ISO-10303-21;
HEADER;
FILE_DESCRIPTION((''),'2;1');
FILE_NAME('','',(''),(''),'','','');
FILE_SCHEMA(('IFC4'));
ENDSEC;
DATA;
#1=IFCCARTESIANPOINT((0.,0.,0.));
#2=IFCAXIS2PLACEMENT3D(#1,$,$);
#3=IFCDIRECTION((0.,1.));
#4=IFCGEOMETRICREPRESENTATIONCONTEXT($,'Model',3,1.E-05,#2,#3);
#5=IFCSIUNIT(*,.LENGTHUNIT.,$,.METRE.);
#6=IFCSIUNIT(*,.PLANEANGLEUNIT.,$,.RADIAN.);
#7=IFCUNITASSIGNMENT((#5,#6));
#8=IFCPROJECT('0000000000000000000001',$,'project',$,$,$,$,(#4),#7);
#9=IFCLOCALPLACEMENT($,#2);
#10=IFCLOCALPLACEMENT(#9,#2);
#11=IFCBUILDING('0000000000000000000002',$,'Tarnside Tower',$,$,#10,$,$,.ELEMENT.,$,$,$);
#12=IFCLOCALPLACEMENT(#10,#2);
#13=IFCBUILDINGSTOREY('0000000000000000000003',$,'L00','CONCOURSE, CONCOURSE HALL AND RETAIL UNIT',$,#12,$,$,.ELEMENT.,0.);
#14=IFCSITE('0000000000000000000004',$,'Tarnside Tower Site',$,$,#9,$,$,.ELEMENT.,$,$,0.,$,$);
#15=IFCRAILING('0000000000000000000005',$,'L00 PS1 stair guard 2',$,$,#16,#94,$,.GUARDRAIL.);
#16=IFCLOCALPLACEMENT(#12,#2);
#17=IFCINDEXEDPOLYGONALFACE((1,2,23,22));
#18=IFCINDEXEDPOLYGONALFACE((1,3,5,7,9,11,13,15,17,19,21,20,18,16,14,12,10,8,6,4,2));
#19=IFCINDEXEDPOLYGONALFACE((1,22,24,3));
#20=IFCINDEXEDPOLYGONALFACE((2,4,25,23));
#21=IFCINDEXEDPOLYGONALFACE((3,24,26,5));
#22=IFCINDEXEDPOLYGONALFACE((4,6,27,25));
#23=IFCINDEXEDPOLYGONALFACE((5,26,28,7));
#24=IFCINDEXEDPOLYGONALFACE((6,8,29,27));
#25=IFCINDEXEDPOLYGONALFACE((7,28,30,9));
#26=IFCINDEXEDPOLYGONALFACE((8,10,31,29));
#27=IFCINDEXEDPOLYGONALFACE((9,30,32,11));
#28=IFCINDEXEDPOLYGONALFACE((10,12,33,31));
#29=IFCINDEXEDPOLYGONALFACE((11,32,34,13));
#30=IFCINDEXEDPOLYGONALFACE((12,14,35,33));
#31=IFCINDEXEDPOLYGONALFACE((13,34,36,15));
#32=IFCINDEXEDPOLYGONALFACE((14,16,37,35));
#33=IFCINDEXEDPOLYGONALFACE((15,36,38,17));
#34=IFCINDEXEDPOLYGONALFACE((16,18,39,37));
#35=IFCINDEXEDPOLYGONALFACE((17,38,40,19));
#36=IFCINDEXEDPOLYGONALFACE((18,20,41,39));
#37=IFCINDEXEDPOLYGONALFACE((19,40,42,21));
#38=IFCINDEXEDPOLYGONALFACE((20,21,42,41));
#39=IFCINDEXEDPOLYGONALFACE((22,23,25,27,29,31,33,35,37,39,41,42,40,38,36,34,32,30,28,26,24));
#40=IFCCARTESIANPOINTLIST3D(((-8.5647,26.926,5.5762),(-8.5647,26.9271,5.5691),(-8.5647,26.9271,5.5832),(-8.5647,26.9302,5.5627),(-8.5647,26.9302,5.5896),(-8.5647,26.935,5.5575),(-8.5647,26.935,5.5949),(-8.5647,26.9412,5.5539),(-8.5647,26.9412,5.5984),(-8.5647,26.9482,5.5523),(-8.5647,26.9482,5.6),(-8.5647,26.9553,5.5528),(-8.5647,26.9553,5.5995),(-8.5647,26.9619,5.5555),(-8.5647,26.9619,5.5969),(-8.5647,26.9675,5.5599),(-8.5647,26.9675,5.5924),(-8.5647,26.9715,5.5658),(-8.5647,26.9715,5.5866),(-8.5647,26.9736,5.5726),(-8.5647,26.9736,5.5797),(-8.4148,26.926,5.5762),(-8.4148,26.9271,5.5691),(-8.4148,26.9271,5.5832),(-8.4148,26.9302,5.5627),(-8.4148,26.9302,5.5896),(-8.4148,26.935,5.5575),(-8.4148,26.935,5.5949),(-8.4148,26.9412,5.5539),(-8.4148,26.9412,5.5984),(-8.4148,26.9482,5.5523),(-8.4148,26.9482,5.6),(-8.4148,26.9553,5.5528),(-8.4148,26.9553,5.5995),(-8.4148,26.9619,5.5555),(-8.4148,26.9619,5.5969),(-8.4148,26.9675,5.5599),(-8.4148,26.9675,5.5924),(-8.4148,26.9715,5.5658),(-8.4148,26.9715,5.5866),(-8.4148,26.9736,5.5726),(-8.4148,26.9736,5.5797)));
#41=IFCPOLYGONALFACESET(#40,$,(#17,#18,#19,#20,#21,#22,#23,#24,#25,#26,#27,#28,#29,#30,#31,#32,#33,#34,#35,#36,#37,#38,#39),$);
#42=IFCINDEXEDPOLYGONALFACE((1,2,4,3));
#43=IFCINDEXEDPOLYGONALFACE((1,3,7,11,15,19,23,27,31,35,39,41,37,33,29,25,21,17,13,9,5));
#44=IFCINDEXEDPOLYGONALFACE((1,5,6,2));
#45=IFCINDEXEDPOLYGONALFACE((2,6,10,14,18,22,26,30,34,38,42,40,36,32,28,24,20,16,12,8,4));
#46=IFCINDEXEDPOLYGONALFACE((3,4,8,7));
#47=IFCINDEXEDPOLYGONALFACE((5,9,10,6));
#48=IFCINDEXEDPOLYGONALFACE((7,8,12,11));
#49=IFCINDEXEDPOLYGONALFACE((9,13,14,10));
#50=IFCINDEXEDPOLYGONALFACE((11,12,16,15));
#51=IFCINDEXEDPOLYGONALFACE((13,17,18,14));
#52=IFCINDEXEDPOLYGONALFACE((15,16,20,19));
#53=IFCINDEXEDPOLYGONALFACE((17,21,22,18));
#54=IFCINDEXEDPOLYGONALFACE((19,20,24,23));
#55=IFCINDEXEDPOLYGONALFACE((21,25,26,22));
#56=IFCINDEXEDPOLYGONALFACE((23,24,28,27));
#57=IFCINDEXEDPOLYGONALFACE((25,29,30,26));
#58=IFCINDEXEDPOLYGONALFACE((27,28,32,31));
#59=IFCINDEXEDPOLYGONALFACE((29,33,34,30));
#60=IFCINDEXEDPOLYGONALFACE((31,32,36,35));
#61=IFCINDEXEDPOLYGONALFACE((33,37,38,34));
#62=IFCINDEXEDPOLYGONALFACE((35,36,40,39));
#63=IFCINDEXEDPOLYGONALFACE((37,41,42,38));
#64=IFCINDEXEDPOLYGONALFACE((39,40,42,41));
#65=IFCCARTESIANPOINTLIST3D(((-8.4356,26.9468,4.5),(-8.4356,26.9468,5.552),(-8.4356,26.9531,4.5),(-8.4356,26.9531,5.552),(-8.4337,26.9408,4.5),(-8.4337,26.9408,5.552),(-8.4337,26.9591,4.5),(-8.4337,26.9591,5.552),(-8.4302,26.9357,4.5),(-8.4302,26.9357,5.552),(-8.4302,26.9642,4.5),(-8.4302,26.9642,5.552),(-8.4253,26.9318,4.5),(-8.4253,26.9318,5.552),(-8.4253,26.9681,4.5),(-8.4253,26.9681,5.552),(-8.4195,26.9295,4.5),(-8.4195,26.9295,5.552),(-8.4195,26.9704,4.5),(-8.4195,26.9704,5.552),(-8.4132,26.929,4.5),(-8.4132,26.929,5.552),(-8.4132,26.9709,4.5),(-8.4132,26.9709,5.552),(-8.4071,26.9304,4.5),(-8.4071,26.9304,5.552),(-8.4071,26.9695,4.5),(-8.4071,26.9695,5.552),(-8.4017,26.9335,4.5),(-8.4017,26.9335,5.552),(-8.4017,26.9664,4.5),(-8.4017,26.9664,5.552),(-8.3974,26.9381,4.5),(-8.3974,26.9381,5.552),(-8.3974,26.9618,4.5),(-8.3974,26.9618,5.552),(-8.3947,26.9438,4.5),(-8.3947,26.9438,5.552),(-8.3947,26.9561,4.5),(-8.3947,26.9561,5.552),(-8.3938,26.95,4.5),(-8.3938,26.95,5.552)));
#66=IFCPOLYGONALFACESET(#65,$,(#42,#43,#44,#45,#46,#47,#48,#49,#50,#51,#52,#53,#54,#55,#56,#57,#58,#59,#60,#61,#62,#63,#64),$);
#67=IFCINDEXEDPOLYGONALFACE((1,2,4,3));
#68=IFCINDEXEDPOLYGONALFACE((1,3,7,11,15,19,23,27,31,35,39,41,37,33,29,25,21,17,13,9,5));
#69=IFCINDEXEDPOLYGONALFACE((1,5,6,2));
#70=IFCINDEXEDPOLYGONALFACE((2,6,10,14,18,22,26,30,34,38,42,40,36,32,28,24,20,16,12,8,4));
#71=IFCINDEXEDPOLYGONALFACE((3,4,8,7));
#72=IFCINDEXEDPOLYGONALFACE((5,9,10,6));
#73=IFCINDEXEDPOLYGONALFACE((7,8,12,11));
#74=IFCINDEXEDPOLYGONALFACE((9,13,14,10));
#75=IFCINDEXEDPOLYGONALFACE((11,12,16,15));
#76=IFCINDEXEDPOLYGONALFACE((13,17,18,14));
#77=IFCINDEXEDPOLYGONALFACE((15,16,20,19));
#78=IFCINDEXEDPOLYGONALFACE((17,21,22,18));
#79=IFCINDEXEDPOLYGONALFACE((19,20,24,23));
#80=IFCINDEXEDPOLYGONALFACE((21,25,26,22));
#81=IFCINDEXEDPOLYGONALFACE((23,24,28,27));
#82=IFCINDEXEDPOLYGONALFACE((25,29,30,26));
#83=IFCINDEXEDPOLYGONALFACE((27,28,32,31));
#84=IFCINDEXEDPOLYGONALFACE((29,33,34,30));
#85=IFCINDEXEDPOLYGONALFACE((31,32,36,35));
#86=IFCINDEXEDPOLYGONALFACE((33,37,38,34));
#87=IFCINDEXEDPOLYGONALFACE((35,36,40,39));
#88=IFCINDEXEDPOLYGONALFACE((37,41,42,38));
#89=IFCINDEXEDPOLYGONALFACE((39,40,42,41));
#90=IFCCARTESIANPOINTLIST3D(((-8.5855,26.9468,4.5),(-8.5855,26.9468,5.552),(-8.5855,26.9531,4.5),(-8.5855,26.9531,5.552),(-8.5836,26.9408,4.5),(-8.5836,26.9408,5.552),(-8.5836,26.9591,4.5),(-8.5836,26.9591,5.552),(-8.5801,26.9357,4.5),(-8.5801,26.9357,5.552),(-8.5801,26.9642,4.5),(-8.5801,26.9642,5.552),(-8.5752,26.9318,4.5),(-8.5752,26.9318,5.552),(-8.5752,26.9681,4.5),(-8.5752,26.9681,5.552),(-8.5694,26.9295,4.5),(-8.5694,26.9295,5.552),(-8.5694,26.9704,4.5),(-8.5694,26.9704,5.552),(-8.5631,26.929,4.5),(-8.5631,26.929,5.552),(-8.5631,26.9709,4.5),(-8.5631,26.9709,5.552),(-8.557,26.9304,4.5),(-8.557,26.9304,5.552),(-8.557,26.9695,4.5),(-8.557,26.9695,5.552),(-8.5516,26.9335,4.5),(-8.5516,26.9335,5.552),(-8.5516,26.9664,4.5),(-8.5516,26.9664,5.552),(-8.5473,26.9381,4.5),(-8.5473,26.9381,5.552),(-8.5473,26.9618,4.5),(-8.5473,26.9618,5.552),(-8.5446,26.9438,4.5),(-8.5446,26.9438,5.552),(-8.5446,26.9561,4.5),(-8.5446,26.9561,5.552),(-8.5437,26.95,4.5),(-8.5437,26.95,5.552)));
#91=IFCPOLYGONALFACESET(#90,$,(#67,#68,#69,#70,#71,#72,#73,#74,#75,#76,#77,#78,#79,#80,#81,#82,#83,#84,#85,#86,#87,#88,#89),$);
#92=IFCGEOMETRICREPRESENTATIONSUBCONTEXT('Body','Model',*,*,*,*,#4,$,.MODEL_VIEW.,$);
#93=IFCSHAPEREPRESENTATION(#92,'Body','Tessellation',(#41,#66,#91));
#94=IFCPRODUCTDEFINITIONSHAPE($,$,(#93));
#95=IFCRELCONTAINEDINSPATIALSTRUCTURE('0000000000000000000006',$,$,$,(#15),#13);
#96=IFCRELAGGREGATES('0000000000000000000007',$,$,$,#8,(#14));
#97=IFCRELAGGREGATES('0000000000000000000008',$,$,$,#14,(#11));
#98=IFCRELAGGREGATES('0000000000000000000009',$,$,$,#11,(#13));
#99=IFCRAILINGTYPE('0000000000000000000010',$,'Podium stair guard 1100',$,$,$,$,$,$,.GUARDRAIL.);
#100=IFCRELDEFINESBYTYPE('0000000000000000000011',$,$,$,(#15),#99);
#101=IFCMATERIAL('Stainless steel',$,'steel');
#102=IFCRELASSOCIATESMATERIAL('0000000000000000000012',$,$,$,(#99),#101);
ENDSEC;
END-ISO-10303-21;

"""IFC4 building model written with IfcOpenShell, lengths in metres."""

from ifc_helpers import new_model, si_unit, direction, frame, origin, origin_2d, place, context, subcontext, project, spatial, circle, extrude, material, type_object, element, save


model = new_model("IFC4")

# Units and contexts
model_context = context("Model", 3, precision=1e-05, world=origin(), true_north=direction((0.0, 1.0)))
body_context = subcontext(model_context, "Body", "Model", "MODEL_VIEW")
ifc_project = project(units=[si_unit("LENGTHUNIT", "METRE"), si_unit("PLANEANGLEUNIT", "RADIAN")], contexts=[model_context])

# Site, building, storey
site_placement = place(None, origin())
site = spatial("IfcSite", under=ifc_project, at=site_placement, Name="Tarnside Tower Site", CompositionType="ELEMENT", RefElevation=0.0)
building_placement = place(site_placement, origin())
building = spatial("IfcBuilding", under=site, at=building_placement, Name="Tarnside Tower", CompositionType="ELEMENT")
storey_placement = place(building_placement, origin())
storey = spatial("IfcBuildingStorey", under=building, at=storey_placement, Name="L00", Description="CONCOURSE, CONCOURSE HALL AND RETAIL UNIT", CompositionType="ELEMENT", Elevation=0.0)

# Railing
ifc_material_1 = material(Name="Stainless steel", Category="steel")
railing_type_1 = type_object("IfcRailingType", Name="Podium stair guard 1100", PredefinedType="GUARDRAIL", material=ifc_material_1)
railing_1_placement = place(storey_placement, frame((-8.4148, 26.95, 4.5)))
element("IfcRailing", 1, at=railing_1_placement, inside=storey, type_object=railing_type_1, Name="L00 PS1 stair guard 2", PredefinedType="GUARDRAIL", context=body_context, shape_type="SweptSolid", body=[
    extrude(circle(Radius=0.0239, at=origin_2d()), frame((0.0, 0.0, 1.0762), z_axis=(-1.0, 0.0, 0.0), x_axis=(0.0, -1.0, 0.0)), (0.0, 0.0, 1.0), 0.1499),
    extrude(circle(Radius=0.021, at=origin_2d()), origin(), (0.0, 0.0, 1.0), 1.052),
    extrude(circle(Radius=0.021, at=origin_2d()), frame((-0.1499, 0.0, 0.0)), (0.0, 0.0, 1.0), 1.052),
])

save(model, "model.ifc")
